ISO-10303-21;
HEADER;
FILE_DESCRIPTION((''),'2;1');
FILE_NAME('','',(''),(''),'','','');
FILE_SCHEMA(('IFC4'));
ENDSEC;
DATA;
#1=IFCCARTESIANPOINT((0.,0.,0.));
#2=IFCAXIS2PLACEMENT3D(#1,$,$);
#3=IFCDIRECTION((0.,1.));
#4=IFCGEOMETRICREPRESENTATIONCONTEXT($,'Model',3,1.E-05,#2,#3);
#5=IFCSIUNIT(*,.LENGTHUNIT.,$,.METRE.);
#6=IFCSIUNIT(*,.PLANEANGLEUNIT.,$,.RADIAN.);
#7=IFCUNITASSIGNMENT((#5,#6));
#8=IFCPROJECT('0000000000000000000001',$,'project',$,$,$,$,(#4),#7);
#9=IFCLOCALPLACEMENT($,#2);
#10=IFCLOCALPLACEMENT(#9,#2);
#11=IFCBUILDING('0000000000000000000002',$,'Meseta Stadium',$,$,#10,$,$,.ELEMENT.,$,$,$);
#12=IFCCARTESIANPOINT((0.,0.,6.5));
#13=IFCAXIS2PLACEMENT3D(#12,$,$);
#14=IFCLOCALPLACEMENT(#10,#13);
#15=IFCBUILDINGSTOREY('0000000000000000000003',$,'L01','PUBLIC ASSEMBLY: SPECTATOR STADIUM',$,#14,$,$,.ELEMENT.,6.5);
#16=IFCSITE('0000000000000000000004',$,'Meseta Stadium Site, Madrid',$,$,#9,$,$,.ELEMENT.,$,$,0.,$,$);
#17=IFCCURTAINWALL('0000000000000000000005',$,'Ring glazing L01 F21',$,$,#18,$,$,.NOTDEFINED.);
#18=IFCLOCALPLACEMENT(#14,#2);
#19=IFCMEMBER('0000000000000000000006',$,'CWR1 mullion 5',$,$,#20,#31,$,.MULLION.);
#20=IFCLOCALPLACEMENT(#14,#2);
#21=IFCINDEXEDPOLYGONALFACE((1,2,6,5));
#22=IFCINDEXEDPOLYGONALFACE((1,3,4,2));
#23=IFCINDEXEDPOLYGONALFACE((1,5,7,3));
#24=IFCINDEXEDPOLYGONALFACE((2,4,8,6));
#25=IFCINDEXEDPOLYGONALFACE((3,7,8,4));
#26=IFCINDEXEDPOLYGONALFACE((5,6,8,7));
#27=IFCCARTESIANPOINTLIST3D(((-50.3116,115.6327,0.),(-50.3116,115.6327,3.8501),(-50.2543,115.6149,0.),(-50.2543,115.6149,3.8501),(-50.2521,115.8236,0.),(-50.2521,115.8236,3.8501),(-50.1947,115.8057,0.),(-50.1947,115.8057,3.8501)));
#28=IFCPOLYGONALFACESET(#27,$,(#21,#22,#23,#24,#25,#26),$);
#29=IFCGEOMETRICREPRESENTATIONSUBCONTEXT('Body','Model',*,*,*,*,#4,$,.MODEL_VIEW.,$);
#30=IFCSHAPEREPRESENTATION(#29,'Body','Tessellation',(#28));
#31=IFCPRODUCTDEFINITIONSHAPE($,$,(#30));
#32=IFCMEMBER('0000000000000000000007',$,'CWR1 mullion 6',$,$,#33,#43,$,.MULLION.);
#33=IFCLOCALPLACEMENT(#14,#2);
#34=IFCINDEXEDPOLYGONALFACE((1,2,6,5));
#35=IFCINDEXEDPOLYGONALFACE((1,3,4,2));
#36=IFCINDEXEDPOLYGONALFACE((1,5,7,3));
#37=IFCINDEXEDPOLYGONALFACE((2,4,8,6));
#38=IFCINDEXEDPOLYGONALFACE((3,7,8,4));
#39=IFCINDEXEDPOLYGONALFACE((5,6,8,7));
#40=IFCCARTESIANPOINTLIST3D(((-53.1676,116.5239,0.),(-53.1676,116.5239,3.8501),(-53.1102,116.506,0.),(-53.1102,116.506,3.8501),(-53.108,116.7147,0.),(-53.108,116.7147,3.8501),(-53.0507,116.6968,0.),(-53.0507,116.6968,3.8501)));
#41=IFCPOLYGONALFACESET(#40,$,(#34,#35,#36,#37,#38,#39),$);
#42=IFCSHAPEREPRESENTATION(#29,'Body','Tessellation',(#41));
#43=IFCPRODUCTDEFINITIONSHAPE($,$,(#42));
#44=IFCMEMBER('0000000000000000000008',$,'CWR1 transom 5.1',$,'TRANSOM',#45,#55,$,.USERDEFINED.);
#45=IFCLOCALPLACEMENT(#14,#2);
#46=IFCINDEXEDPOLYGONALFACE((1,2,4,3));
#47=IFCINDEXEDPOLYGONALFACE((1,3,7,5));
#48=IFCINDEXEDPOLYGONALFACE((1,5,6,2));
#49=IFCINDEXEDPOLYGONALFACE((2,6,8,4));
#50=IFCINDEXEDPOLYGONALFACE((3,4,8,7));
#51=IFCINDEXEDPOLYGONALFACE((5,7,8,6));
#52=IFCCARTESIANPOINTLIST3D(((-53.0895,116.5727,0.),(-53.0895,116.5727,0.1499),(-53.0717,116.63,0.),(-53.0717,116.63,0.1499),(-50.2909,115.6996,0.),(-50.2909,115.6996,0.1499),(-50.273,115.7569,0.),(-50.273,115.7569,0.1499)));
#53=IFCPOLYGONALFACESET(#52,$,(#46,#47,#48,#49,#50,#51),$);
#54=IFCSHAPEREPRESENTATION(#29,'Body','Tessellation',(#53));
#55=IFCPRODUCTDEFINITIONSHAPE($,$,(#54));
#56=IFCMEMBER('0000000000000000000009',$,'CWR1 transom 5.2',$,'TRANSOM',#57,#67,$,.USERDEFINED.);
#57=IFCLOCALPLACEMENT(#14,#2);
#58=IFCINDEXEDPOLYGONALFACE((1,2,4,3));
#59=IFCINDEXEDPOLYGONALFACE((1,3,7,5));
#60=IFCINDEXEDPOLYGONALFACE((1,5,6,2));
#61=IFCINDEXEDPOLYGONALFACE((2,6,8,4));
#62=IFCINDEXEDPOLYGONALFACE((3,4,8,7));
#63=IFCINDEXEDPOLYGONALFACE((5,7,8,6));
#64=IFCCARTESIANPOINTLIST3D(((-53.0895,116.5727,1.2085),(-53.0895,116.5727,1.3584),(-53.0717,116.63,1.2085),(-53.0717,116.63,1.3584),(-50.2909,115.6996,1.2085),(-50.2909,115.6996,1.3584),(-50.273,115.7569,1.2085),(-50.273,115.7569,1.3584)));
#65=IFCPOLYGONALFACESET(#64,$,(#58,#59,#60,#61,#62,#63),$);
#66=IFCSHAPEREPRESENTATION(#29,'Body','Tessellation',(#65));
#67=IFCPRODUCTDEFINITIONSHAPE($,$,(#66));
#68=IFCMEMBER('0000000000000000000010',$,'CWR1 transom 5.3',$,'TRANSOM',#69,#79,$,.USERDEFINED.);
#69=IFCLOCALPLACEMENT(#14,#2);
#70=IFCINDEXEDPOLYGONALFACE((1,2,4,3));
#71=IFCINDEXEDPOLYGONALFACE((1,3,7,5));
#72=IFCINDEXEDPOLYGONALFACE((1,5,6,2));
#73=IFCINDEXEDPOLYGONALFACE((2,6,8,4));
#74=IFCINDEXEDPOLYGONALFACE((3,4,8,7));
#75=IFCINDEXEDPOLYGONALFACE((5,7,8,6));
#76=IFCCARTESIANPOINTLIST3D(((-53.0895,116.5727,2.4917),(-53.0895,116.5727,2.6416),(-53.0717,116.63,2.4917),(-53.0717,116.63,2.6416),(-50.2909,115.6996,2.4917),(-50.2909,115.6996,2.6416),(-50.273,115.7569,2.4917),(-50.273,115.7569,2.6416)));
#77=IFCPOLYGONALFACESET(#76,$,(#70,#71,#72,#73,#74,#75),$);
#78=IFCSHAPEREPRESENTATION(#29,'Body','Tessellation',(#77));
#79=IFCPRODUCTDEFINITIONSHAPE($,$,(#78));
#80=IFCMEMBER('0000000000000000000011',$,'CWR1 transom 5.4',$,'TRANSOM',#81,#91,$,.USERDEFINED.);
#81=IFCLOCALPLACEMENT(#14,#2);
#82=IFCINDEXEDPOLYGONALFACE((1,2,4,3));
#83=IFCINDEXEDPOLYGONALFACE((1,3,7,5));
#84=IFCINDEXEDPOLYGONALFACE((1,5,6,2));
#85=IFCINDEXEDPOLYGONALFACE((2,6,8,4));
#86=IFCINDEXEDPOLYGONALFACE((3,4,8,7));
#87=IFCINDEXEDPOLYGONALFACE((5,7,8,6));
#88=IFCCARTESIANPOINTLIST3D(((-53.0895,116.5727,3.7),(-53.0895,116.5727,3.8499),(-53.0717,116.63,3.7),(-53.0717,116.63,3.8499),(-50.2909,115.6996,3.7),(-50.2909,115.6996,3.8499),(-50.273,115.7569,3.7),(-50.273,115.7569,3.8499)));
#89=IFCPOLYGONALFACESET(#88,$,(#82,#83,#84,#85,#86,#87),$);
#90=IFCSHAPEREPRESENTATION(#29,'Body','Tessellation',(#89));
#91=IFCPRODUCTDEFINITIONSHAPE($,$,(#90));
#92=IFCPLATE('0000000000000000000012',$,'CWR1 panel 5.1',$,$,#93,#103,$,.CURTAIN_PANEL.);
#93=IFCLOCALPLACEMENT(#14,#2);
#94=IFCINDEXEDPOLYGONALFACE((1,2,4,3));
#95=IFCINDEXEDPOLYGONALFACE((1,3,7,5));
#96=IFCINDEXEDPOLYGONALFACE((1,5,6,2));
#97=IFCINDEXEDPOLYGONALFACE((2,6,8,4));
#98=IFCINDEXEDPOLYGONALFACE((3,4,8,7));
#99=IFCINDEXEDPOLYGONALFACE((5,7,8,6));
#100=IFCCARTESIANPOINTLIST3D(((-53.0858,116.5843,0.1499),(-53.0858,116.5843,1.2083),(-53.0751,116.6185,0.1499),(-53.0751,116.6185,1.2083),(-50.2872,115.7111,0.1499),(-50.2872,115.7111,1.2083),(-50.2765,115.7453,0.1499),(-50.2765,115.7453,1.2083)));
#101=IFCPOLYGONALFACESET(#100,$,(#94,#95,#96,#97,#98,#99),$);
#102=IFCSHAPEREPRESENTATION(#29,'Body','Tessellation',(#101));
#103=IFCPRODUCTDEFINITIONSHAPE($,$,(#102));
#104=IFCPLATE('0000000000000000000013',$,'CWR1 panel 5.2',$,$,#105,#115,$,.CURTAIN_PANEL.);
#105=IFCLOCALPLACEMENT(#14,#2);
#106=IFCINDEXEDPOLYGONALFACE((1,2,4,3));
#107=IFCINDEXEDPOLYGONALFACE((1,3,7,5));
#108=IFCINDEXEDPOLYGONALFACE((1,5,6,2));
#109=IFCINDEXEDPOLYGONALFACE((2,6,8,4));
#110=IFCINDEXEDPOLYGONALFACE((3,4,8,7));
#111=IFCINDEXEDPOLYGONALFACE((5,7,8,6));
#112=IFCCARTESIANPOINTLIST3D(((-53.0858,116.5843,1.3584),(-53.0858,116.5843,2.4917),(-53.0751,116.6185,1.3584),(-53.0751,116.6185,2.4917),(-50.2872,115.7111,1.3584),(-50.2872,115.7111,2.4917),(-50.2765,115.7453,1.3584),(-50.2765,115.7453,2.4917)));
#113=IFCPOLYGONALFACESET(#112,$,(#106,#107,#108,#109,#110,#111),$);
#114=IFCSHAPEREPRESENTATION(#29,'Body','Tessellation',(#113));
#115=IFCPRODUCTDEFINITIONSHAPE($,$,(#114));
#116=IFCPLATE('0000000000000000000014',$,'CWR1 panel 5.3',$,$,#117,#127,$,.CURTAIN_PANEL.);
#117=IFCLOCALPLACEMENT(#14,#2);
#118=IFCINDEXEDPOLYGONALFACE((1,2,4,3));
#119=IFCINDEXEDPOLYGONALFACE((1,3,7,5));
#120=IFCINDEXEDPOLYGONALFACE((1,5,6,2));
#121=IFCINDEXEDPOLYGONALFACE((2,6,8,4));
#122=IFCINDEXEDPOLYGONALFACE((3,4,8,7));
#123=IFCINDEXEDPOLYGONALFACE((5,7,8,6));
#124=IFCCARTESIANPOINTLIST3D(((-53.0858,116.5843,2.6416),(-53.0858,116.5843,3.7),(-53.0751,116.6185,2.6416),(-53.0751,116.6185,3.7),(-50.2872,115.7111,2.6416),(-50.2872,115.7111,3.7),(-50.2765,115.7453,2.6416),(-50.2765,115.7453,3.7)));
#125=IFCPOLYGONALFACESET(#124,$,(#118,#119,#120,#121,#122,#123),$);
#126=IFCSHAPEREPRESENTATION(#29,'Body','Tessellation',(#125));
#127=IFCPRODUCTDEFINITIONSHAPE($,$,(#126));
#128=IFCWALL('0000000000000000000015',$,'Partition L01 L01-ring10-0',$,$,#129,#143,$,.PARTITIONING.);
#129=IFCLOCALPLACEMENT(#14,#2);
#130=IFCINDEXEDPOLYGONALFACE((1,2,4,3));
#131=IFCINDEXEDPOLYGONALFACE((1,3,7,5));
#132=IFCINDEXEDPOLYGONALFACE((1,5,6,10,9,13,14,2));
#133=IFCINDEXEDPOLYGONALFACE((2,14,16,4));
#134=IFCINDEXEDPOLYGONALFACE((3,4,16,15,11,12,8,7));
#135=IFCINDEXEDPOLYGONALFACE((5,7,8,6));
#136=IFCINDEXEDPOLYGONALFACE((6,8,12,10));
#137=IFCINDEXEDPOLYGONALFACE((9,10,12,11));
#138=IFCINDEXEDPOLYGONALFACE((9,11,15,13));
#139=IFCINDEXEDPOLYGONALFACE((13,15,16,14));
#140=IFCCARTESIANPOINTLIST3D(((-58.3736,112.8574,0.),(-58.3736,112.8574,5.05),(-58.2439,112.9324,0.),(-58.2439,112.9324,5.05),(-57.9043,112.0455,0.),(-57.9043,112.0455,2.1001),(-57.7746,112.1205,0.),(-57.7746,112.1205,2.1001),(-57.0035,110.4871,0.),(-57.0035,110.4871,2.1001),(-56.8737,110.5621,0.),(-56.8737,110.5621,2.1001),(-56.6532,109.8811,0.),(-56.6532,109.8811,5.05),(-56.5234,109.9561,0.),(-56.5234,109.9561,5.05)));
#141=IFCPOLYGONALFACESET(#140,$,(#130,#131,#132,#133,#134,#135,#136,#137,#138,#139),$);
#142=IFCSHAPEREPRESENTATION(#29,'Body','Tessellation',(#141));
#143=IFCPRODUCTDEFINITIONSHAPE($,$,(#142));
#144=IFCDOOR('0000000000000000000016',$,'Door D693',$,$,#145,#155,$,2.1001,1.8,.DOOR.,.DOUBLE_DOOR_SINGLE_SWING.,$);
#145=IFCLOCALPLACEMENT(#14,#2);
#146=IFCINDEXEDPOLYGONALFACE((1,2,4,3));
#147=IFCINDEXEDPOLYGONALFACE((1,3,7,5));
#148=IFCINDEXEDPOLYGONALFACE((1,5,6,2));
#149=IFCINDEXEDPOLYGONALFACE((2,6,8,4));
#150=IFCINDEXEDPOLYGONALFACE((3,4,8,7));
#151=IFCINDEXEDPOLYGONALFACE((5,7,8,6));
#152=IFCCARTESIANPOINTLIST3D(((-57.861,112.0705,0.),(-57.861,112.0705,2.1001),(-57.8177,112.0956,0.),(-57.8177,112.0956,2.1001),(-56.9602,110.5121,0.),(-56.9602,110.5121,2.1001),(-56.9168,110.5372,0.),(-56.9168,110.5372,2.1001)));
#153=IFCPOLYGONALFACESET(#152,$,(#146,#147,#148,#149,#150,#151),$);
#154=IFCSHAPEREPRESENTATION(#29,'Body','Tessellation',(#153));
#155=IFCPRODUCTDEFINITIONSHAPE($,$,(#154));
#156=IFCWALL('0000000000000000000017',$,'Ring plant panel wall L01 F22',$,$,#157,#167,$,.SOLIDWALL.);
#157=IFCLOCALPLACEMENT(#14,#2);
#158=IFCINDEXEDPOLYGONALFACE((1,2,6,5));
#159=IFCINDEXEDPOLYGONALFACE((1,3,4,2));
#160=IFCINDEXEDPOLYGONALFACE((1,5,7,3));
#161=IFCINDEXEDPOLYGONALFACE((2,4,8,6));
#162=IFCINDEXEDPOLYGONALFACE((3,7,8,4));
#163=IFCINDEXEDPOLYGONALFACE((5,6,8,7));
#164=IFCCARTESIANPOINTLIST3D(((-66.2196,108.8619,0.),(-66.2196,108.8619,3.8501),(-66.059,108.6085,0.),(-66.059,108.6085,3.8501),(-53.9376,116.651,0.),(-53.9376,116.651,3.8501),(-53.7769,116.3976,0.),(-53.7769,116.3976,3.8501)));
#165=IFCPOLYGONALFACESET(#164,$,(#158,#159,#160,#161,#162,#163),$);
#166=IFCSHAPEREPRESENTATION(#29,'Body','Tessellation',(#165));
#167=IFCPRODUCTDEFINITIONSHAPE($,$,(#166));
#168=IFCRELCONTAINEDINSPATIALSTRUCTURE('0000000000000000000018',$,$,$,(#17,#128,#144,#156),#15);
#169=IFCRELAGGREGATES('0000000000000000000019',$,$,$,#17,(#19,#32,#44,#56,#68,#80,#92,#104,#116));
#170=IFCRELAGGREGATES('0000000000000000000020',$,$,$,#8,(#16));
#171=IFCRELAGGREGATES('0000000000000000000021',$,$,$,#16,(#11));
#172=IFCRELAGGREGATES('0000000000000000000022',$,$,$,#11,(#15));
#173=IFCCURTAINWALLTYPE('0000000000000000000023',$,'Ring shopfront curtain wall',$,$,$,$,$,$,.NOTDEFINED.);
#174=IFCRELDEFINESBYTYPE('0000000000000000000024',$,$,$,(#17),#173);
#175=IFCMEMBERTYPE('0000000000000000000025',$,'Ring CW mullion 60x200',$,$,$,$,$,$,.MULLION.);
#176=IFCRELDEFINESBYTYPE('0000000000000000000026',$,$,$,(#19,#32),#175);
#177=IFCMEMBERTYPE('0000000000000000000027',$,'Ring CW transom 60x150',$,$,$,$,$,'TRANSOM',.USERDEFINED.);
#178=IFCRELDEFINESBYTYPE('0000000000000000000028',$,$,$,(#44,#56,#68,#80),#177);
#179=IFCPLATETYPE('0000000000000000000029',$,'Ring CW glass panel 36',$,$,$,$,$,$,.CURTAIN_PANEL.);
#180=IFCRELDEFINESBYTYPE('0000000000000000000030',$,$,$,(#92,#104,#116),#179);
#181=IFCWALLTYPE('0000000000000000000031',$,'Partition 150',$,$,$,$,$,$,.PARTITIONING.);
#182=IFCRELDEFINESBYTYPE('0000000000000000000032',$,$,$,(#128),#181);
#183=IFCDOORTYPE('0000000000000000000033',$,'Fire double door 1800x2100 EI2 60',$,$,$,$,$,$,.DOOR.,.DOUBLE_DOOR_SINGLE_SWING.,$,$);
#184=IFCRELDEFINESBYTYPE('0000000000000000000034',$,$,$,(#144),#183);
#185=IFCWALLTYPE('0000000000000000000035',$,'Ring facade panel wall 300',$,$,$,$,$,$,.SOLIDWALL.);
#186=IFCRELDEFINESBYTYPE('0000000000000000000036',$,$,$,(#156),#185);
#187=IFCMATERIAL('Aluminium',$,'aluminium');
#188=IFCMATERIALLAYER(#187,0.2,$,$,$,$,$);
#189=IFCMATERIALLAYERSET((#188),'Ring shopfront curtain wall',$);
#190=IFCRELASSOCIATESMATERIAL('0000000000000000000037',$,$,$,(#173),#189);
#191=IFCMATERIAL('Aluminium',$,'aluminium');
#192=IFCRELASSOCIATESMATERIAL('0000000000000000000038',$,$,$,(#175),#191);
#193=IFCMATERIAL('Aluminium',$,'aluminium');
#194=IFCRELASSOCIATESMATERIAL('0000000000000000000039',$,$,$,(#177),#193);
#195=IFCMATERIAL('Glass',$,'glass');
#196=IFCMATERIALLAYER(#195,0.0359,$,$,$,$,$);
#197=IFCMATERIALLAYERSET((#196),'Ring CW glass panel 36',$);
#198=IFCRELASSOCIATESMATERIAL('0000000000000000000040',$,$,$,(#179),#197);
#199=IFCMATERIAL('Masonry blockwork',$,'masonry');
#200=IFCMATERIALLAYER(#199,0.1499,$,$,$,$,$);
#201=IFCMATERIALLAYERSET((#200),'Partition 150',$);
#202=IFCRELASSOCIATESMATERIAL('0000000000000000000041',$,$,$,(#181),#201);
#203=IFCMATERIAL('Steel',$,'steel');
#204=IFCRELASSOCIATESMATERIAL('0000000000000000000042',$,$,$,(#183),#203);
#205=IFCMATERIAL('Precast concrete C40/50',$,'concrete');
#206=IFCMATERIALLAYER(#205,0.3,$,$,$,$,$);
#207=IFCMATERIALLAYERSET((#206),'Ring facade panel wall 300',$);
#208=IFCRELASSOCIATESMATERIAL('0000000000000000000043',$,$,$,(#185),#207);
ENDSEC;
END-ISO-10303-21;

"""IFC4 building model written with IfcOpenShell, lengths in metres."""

from ifc_helpers import new_model, si_unit, direction, frame, frame_2d, origin, origin_2d, place, context, subcontext, project, spatial, rectangle, extrude, material, layer, layer_set, material_profile, profile_set, type_object, element, fill, aggregate, save


model = new_model("IFC4")

# Units and contexts
model_context = context("Model", 3, precision=1e-05, world=origin(), true_north=direction((0.0, 1.0)))
body_context = subcontext(model_context, "Body", "Model", "MODEL_VIEW")
ifc_project = project(units=[si_unit("LENGTHUNIT", "METRE"), si_unit("PLANEANGLEUNIT", "RADIAN")], contexts=[model_context])

# Site, building, storey
site_placement = place(None, origin())
site = spatial("IfcSite", under=ifc_project, at=site_placement, Name="Meseta Stadium Site, Madrid", CompositionType="ELEMENT", RefElevation=0.0)
building_placement = place(site_placement, origin())
building = spatial("IfcBuilding", under=site, at=building_placement, Name="Meseta Stadium", CompositionType="ELEMENT")
storey_placement = place(building_placement, frame((0.0, 0.0, 6.5)))
storey = spatial("IfcBuildingStorey", under=building, at=storey_placement, Name="L01", Description="PUBLIC ASSEMBLY: SPECTATOR STADIUM", CompositionType="ELEMENT", Elevation=6.5)

# Curtain wall, members, plates
ifc_material_1 = material(Name="Aluminium", Category="aluminium")
ifc_layer_1 = layer(ifc_material_1, 0.2)
ifc_layer_set_1 = layer_set([ifc_layer_1], Name="Ring shopfront curtain wall")
curtain_wall_type = type_object("IfcCurtainWallType", Name="Ring shopfront curtain wall", PredefinedType="NOTDEFINED", material=ifc_layer_set_1)
curtain_wall_placement = place(storey_placement, origin())
curtain_wall = element("IfcCurtainWall", 1, at=curtain_wall_placement, inside=storey, type_object=curtain_wall_type, Name="Ring glazing L01 F21", PredefinedType="NOTDEFINED")
ifc_material_2 = material(Name="Aluminium", Category="aluminium")
ifc_material_profile_1 = material_profile(ifc_material_2, rectangle(XDim=0.2, YDim=0.0601, at=origin_2d()), Name="CW 200x60")
ifc_profile_set_1 = profile_set([ifc_material_profile_1], Name="Aluminium")
member_type_1 = type_object("IfcMemberType", Name="Ring CW mullion 60x200", PredefinedType="MULLION", material=ifc_profile_set_1)
member_1_placement = place(storey_placement, frame((-50.2532, 115.7192, 0.0), z_axis=(0.0, 0.0, 1.0), x_axis=(-0.297861, -0.954609, 0.0)))
member_1 = element("IfcMember", 2, at=member_1_placement, type_object=member_type_1, Name="CWR1 mullion 5", PredefinedType="MULLION", context=body_context, shape_type="SweptSolid", body=[
    extrude(rectangle(XDim=0.2, YDim=0.0601, at=origin_2d()), origin(), (0.0, 0.0, 1.0), 3.8501),
])
member_2_placement = place(storey_placement, frame((-53.1091, 116.6104, 0.0), z_axis=(0.0, 0.0, 1.0), x_axis=(-0.297861, -0.954609, 0.0)))
member_2 = element("IfcMember", 3, at=member_2_placement, type_object=member_type_1, Name="CWR1 mullion 6", PredefinedType="MULLION", context=body_context, shape_type="SweptSolid", body=[
    extrude(rectangle(XDim=0.2, YDim=0.0601, at=origin_2d()), origin(), (0.0, 0.0, 1.0), 3.8501),
])
ifc_material_3 = material(Name="Aluminium", Category="aluminium")
ifc_material_profile_2 = material_profile(ifc_material_3, rectangle(XDim=0.0601, YDim=0.1499, at=origin_2d()), Name="CW 60x150")
ifc_profile_set_2 = profile_set([ifc_material_profile_2], Name="Aluminium")
member_type_2 = type_object("IfcMemberType", Name="Ring CW transom 60x150", ElementType="TRANSOM", PredefinedType="USERDEFINED", material=ifc_profile_set_2)
member_3_placement = place(storey_placement, frame((-50.282, 115.7283, 0.075), z_axis=(-0.954627, 0.297806, 0.0), x_axis=(-0.297806, -0.954627, 0.0)))
member_3 = element("IfcMember", 4, at=member_3_placement, type_object=member_type_2, Name="CWR1 transom 5.1", ObjectType="TRANSOM", PredefinedType="USERDEFINED", context=body_context, shape_type="SweptSolid", body=[
    extrude(rectangle(XDim=0.0601, YDim=0.1499, at=origin_2d()), origin(), (0.0, 0.0, 1.0), 2.9316),
])
member_4_placement = place(storey_placement, frame((-50.282, 115.7283, 1.2834), z_axis=(-0.954627, 0.297806, 0.0), x_axis=(-0.297806, -0.954627, 0.0)))
member_4 = element("IfcMember", 5, at=member_4_placement, type_object=member_type_2, Name="CWR1 transom 5.2", ObjectType="TRANSOM", PredefinedType="USERDEFINED", context=body_context, shape_type="SweptSolid", body=[
    extrude(rectangle(XDim=0.0601, YDim=0.1499, at=origin_2d()), origin(), (0.0, 0.0, 1.0), 2.9316),
])
member_5_placement = place(storey_placement, frame((-50.282, 115.7283, 2.5667), z_axis=(-0.954627, 0.297806, 0.0), x_axis=(-0.297806, -0.954627, 0.0)))
member_5 = element("IfcMember", 6, at=member_5_placement, type_object=member_type_2, Name="CWR1 transom 5.3", ObjectType="TRANSOM", PredefinedType="USERDEFINED", context=body_context, shape_type="SweptSolid", body=[
    extrude(rectangle(XDim=0.0601, YDim=0.1499, at=origin_2d()), origin(), (0.0, 0.0, 1.0), 2.9316),
])
member_6_placement = place(storey_placement, frame((-50.282, 115.7283, 3.7749), z_axis=(-0.954627, 0.297806, 0.0), x_axis=(-0.297806, -0.954627, 0.0)))
member_6 = element("IfcMember", 7, at=member_6_placement, type_object=member_type_2, Name="CWR1 transom 5.4", ObjectType="TRANSOM", PredefinedType="USERDEFINED", context=body_context, shape_type="SweptSolid", body=[
    extrude(rectangle(XDim=0.0601, YDim=0.1499, at=origin_2d()), origin(), (0.0, 0.0, 1.0), 2.9316),
])
ifc_material_4 = material(Name="Glass", Category="glass")
ifc_layer_2 = layer(ifc_material_4, 0.0359)
ifc_layer_set_2 = layer_set([ifc_layer_2], Name="Ring CW glass panel 36")
plate_type = type_object("IfcPlateType", Name="Ring CW glass panel 36", PredefinedType="CURTAIN_PANEL", material=ifc_layer_set_2)
plate_1_placement = place(storey_placement, frame((-51.6812, 116.1648, 0.1499), z_axis=(0.0, 0.0, 1.0), x_axis=(-0.954609, 0.297861, 0.0)))
plate_1 = element("IfcPlate", 8, at=plate_1_placement, type_object=plate_type, Name="CWR1 panel 5.1", PredefinedType="CURTAIN_PANEL", context=body_context, shape_type="SweptSolid", body=[
    extrude(rectangle(XDim=2.9316, YDim=0.0359, at=origin_2d()), origin(), (0.0, 0.0, 1.0), 1.0583),
])
plate_2_placement = place(storey_placement, frame((-51.6812, 116.1648, 1.3584), z_axis=(0.0, 0.0, 1.0), x_axis=(-0.954609, 0.297861, 0.0)))
plate_2 = element("IfcPlate", 9, at=plate_2_placement, type_object=plate_type, Name="CWR1 panel 5.2", PredefinedType="CURTAIN_PANEL", context=body_context, shape_type="SweptSolid", body=[
    extrude(rectangle(XDim=2.9316, YDim=0.0359, at=origin_2d()), origin(), (0.0, 0.0, 1.0), 1.1333),
])
plate_3_placement = place(storey_placement, frame((-51.6812, 116.1648, 2.6416), z_axis=(0.0, 0.0, 1.0), x_axis=(-0.954609, 0.297861, 0.0)))
plate_3 = element("IfcPlate", 10, at=plate_3_placement, type_object=plate_type, Name="CWR1 panel 5.3", PredefinedType="CURTAIN_PANEL", context=body_context, shape_type="SweptSolid", body=[
    extrude(rectangle(XDim=2.9316, YDim=0.0359, at=origin_2d()), origin(), (0.0, 0.0, 1.0), 1.0583),
])
aggregate(curtain_wall, [member_1, member_2, member_3, member_4, member_5, member_6, plate_1, plate_2, plate_3])

# Wall, opening, door
ifc_material_5 = material(Name="Masonry blockwork", Category="masonry")
ifc_layer_3 = layer(ifc_material_5, 0.1499)
ifc_layer_set_3 = layer_set([ifc_layer_3], Name="Partition 150")
wall_type_1 = type_object("IfcWallType", Name="Partition 150", PredefinedType="PARTITIONING", material=ifc_layer_set_3)
wall_1_placement = place(storey_placement, frame((-56.5884, 109.9187, 0.0), z_axis=(0.0, 0.0, 1.0), x_axis=(-0.500454, 0.865763, 0.0)))
wall_1 = element("IfcWall", 11, at=wall_1_placement, inside=storey, type_object=wall_type_1, Name="Partition L01 L01-ring10-0", PredefinedType="PARTITIONING", context=body_context, shape_type="SweptSolid", body=[
    extrude(rectangle(XDim=3.4377, YDim=0.1499, at=frame_2d((1.7188, 0.0))), origin(), (0.0, 0.0, 1.0), 5.05),
])
opening_placement = place(wall_1_placement, frame((0.7, 0.0, 0.0)))
opening = element("IfcOpeningElement", 12, at=opening_placement, cuts=wall_1, PredefinedType="OPENING", context=body_context, shape_type="SweptSolid", body=[
    extrude(rectangle(XDim=1.8, YDim=2.1001, at=frame_2d((0.8999, 1.05))), frame((0.0, 0.085, 0.0), z_axis=(0.0, -1.0, 0.0), x_axis=(1.0, 0.0, 0.0)), (0.0, 0.0, 1.0), 0.1699),
])
ifc_material_6 = material(Name="Steel", Category="steel")
door_type = type_object("IfcDoorType", Name="Fire double door 1800x2100 EI2 60", OperationType="DOUBLE_DOOR_SINGLE_SWING", PredefinedType="DOOR", material=ifc_material_6)
door_placement = place(opening_placement, origin())
door = element("IfcDoor", 13, at=door_placement, inside=storey, type_object=door_type, Name="Door D693", OperationType="DOUBLE_DOOR_SINGLE_SWING", OverallHeight=2.1001, OverallWidth=1.8, PredefinedType="DOOR", context=body_context, shape_type="SweptSolid", body=[
    extrude(rectangle(XDim=1.8, YDim=2.1001, at=frame_2d((0.8999, 1.05))), frame((0.0, 0.0249, 0.0), z_axis=(0.0, -1.0, 0.0), x_axis=(1.0, 0.0, 0.0)), (0.0, 0.0, 1.0), 0.05),
])
fill(opening, door)

# Wall
ifc_material_7 = material(Name="Precast concrete C40/50", Category="concrete")
ifc_layer_4 = layer(ifc_material_7, 0.3)
ifc_layer_set_4 = layer_set([ifc_layer_4], Name="Ring facade panel wall 300")
wall_type_2 = type_object("IfcWallType", Name="Ring facade panel wall 300", PredefinedType="SOLIDWALL", material=ifc_layer_set_4)
wall_2_placement = place(storey_placement, frame((-66.1394, 108.7351, 0.0), z_axis=(0.0, 0.0, 1.0), x_axis=(0.844493, 0.535566, 0.0)))
element("IfcWall", 14, at=wall_2_placement, inside=storey, type_object=wall_type_2, Name="Ring plant panel wall L01 F22", PredefinedType="SOLIDWALL", context=body_context, shape_type="SweptSolid", body=[
    extrude(rectangle(XDim=14.5437, YDim=0.3, at=frame_2d((7.272, 0.0))), origin(), (0.0, 0.0, 1.0), 3.8501),
])

save(model, "model.ifc")
